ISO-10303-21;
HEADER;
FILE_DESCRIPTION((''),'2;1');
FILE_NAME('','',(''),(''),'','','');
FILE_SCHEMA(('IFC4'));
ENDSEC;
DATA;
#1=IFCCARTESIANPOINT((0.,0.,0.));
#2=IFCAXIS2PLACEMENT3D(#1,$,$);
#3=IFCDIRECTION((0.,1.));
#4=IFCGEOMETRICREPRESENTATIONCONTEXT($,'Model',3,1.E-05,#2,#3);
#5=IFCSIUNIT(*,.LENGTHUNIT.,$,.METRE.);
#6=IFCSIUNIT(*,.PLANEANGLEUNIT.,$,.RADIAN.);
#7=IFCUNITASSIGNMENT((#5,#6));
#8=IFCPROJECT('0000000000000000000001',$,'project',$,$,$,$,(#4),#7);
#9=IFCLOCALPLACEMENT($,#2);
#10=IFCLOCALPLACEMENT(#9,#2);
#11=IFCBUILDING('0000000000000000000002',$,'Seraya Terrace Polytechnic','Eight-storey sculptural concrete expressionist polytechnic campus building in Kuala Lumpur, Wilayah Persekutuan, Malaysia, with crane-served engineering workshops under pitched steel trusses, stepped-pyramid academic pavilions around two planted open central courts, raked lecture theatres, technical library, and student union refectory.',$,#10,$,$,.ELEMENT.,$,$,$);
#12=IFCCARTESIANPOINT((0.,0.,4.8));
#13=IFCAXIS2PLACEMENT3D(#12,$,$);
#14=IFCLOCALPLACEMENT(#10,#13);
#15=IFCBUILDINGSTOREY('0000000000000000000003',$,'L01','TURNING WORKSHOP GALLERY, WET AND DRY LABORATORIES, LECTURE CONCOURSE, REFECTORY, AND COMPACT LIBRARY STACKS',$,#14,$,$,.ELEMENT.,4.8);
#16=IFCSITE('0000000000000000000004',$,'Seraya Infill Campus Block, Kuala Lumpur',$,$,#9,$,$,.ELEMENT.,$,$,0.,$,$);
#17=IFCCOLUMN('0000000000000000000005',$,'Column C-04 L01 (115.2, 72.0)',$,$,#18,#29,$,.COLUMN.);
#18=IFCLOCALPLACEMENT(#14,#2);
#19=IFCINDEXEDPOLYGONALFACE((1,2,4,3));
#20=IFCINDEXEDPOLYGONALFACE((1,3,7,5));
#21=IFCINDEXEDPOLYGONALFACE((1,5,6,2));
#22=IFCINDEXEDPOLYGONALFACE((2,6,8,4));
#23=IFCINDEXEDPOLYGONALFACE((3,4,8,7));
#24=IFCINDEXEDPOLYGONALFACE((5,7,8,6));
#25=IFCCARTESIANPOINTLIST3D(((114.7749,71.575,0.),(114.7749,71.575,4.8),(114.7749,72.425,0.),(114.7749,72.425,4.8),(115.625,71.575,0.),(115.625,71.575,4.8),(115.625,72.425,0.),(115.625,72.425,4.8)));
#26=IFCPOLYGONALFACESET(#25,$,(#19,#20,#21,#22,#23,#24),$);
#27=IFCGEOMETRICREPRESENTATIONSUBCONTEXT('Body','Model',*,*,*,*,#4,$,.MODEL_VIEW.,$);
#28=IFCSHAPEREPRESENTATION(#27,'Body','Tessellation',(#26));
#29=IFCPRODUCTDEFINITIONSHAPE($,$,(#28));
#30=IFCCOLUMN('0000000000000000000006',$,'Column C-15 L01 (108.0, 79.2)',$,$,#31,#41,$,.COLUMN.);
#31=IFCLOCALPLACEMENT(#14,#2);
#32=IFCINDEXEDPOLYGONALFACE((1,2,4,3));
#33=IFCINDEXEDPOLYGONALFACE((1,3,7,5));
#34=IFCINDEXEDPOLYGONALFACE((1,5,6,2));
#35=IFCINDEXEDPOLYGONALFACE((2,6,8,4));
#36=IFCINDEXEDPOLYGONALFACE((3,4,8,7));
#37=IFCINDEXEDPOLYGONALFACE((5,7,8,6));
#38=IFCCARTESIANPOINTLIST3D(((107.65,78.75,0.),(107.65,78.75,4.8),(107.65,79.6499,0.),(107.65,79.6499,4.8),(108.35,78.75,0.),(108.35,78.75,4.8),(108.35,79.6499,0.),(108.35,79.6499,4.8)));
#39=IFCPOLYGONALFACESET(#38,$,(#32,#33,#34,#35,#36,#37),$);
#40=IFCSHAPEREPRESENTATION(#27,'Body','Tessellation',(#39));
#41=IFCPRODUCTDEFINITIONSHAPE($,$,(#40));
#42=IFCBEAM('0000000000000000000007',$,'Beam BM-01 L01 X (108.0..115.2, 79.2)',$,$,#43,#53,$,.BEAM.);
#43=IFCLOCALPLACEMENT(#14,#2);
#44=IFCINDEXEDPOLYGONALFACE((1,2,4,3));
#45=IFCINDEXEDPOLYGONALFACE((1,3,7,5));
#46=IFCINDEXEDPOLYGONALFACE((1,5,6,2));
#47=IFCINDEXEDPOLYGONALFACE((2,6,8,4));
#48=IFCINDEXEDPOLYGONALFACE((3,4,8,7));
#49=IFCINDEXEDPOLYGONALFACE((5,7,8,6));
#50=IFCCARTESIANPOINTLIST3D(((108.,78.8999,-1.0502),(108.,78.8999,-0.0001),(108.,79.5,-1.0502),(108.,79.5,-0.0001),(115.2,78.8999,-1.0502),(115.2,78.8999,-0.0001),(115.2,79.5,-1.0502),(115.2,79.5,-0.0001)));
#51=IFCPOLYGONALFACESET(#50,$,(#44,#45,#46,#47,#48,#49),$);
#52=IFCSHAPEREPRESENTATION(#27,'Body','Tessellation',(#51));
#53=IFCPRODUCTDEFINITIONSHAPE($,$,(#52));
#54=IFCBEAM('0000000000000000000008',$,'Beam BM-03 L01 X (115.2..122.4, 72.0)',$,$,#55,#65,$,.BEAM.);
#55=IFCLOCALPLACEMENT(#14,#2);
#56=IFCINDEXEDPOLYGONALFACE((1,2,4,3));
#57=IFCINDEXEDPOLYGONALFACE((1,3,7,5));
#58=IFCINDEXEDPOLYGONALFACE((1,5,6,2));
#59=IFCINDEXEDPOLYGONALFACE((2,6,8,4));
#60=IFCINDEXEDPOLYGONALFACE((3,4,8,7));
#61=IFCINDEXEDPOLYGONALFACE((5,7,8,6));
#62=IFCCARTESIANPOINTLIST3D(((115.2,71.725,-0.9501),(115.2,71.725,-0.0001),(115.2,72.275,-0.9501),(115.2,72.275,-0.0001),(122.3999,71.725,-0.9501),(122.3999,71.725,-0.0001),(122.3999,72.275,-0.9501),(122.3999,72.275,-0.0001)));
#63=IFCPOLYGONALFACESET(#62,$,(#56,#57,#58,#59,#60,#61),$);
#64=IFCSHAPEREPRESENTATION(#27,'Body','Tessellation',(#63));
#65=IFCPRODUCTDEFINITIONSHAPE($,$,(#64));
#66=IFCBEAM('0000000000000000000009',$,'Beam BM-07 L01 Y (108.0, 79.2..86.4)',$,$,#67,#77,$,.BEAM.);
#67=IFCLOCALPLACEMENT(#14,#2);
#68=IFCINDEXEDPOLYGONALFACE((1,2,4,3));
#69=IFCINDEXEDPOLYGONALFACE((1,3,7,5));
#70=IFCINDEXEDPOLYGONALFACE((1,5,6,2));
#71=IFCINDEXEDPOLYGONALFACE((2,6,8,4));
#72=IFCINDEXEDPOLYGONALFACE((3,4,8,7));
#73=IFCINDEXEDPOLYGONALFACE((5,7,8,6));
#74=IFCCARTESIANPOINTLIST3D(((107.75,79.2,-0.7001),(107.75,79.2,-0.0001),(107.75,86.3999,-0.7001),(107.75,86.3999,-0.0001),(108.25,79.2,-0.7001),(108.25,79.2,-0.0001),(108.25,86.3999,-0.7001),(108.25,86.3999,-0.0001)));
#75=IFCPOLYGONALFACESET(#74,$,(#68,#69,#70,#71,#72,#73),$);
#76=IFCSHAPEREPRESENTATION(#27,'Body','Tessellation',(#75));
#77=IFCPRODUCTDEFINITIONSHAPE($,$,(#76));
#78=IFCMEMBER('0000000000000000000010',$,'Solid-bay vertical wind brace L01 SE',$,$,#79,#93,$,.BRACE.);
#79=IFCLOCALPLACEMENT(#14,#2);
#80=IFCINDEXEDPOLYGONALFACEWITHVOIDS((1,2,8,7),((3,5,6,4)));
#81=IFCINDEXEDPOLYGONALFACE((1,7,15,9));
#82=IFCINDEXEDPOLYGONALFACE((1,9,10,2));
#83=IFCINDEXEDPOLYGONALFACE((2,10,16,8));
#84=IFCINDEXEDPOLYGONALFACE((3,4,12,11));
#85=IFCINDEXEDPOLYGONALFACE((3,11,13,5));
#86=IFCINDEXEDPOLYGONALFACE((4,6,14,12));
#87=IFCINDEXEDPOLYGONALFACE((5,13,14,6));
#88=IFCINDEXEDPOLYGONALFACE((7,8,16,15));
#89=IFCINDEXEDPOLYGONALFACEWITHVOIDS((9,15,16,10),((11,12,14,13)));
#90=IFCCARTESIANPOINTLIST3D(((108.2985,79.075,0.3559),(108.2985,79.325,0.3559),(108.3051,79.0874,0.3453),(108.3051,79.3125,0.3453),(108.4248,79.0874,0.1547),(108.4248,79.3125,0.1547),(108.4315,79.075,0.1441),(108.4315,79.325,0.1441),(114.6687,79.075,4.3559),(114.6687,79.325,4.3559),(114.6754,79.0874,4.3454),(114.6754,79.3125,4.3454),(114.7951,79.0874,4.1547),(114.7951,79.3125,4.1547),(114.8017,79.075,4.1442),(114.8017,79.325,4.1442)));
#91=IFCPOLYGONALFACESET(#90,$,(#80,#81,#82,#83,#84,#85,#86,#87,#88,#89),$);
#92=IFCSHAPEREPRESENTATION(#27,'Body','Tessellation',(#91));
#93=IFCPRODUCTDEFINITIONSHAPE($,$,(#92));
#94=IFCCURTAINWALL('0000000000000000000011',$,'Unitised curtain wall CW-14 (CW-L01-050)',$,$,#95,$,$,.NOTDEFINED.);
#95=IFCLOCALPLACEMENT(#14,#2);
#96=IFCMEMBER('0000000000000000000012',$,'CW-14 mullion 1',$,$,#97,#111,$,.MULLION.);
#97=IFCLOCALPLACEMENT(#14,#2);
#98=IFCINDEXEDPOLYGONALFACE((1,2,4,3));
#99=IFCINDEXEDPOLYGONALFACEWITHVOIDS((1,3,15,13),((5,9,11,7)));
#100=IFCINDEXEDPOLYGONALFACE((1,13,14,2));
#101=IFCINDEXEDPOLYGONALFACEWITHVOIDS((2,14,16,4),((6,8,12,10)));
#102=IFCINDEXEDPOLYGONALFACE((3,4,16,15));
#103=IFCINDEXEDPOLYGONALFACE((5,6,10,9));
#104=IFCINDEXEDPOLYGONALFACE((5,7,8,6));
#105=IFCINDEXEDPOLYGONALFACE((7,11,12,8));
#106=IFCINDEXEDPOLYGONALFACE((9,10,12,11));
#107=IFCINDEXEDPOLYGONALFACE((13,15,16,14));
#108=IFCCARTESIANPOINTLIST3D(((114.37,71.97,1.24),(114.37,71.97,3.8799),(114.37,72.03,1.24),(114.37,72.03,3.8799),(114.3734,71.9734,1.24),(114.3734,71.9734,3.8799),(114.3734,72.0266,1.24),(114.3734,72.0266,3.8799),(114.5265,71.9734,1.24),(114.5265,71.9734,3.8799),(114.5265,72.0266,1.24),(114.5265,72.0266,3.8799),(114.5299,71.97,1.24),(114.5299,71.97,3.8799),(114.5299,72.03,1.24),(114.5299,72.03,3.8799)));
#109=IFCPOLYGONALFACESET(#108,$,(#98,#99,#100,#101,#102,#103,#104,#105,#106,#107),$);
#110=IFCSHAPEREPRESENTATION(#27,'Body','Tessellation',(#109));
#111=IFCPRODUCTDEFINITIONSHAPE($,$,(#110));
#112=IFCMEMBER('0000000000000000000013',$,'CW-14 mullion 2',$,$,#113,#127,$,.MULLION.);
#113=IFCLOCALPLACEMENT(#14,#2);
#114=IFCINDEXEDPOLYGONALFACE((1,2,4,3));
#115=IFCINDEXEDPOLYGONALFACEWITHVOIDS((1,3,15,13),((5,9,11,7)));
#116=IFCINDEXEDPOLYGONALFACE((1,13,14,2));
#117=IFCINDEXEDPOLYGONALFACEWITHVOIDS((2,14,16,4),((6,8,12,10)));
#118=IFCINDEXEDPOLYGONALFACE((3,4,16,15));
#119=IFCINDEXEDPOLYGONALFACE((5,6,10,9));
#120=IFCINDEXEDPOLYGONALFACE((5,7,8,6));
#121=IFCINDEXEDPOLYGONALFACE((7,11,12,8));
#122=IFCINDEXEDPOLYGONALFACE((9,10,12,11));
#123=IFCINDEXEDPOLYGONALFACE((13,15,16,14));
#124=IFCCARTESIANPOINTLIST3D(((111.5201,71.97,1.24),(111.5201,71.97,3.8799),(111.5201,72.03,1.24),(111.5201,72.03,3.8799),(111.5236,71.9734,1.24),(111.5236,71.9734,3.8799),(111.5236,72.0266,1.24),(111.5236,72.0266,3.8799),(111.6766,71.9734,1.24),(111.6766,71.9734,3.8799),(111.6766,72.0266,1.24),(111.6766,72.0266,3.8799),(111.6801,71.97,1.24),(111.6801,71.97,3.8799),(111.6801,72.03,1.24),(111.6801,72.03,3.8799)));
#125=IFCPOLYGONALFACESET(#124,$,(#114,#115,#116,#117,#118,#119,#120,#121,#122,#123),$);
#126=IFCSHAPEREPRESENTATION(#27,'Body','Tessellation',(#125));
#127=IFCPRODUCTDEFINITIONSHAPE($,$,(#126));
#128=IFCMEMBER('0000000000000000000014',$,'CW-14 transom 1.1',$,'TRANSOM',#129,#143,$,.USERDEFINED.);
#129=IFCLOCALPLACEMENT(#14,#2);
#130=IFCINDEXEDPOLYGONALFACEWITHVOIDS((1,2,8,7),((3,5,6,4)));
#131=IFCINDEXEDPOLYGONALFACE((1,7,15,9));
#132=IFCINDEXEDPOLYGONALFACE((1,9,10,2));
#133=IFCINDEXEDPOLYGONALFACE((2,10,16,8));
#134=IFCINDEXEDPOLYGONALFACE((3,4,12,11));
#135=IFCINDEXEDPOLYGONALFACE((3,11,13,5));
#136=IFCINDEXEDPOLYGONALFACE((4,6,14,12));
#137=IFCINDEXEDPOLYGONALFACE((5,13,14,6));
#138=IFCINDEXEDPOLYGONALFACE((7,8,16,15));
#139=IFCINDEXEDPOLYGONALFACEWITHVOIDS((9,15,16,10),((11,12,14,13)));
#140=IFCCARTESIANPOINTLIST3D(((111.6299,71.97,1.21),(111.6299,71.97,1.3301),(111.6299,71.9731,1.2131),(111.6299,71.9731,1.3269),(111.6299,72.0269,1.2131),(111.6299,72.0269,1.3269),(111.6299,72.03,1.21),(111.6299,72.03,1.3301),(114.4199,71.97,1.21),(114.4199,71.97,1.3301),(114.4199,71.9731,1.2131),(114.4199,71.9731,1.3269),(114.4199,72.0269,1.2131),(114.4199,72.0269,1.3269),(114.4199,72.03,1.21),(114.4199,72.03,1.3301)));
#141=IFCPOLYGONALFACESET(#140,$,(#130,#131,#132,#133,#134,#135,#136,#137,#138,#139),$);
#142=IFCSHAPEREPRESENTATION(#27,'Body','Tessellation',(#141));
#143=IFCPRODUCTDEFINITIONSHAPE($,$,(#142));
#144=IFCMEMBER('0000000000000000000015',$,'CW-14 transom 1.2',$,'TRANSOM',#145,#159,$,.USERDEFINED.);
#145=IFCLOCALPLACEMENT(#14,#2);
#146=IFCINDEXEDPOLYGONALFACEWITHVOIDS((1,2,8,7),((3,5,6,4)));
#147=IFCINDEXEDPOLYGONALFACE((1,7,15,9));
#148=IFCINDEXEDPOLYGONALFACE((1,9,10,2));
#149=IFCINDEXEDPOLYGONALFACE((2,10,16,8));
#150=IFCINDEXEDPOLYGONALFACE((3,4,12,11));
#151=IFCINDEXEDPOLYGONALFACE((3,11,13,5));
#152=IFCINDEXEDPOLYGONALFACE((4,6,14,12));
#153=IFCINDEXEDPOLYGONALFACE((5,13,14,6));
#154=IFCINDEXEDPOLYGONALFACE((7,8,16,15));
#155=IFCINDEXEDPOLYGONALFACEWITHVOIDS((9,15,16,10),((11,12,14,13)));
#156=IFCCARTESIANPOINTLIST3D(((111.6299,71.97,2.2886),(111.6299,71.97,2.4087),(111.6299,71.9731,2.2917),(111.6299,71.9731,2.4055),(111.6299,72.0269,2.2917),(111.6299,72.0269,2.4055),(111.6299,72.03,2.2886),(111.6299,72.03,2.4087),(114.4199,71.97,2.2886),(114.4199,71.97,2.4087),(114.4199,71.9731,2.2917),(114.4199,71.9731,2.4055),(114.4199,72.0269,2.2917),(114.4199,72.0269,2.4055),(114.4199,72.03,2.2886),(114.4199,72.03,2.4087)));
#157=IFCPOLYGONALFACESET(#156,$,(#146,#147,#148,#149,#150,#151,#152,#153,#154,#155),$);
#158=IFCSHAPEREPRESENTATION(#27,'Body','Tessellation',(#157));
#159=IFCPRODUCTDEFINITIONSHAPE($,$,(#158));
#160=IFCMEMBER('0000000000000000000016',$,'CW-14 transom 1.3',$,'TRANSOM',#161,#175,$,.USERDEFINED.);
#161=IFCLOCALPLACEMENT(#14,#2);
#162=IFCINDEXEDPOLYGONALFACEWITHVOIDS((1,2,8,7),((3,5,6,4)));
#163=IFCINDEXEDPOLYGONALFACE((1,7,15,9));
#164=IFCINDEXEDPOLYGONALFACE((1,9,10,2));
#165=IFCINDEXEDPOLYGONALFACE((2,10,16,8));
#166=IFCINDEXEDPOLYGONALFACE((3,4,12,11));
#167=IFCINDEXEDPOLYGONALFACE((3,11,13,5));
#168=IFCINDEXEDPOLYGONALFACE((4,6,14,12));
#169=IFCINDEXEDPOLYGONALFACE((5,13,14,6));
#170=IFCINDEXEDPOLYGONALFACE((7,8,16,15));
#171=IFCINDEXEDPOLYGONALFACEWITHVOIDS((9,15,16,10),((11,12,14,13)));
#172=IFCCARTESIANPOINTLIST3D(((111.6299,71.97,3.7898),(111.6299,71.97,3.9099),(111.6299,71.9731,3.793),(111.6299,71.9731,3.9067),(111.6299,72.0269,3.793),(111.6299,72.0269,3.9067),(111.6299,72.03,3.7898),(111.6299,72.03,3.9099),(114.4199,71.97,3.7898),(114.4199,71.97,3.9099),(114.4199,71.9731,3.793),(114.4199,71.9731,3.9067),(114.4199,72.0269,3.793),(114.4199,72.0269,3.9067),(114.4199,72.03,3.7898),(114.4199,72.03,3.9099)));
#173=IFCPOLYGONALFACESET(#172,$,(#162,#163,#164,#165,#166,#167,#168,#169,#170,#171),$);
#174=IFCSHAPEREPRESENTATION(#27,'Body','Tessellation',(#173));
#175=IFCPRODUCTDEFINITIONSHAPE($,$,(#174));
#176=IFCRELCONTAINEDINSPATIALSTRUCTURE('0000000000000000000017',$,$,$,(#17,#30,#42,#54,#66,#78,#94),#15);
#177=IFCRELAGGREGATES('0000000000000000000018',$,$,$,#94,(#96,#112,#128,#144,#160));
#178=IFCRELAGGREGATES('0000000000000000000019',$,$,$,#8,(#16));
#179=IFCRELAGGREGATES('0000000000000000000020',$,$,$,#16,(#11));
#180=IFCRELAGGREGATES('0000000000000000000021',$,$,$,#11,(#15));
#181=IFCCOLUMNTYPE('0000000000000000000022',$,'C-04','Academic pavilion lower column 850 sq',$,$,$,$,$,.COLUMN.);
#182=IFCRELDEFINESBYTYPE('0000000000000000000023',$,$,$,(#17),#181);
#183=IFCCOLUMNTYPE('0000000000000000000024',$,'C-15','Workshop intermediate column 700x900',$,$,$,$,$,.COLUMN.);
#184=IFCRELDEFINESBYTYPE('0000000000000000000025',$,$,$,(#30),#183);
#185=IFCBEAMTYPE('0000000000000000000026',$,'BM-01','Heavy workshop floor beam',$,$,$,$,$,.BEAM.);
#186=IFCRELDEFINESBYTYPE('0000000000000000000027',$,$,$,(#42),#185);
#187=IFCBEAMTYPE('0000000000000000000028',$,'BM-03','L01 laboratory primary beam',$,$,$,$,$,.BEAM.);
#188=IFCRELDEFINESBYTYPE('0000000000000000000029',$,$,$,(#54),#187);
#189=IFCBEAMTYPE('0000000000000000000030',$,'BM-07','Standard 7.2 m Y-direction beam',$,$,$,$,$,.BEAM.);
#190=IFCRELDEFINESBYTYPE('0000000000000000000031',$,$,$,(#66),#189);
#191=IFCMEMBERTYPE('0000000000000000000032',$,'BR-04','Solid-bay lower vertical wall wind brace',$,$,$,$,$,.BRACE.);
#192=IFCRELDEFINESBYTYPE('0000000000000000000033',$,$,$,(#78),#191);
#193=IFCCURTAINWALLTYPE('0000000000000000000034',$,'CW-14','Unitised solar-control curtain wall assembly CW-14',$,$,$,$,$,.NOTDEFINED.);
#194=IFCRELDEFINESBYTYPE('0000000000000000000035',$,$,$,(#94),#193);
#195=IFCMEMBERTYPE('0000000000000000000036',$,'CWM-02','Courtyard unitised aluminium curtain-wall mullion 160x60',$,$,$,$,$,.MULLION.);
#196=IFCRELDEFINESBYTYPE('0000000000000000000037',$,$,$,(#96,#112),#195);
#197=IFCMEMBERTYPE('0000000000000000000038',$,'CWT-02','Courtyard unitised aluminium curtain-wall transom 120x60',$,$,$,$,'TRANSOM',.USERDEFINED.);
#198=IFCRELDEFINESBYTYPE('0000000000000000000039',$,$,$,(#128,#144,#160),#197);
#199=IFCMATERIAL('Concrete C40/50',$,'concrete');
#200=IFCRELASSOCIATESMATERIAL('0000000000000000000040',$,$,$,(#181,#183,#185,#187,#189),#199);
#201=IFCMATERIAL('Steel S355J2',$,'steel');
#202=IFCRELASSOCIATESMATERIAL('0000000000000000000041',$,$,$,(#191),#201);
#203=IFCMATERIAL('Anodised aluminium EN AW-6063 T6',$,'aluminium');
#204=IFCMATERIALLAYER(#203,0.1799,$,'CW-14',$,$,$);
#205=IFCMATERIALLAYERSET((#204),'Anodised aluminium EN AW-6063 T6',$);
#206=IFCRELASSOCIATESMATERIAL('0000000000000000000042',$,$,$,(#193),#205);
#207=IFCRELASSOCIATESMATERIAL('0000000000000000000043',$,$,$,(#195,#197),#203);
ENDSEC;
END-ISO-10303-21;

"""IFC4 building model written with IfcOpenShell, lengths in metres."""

from ifc_helpers import new_model, si_unit, direction, frame, origin, origin_2d, place, context, subcontext, project, spatial, rectangle, hollow_rectangle, extrude, material, layer, layer_set, material_profile, profile_set, type_object, element, aggregate, save


model = new_model("IFC4")

# Units and contexts
model_context = context("Model", 3, precision=1e-05, world=origin(), true_north=direction((0.0, 1.0)))
body_context = subcontext(model_context, "Body", "Model", "MODEL_VIEW")
ifc_project = project(units=[si_unit("LENGTHUNIT", "METRE"), si_unit("PLANEANGLEUNIT", "RADIAN")], contexts=[model_context])

# Site, building, storey
site_placement = place(None, origin())
site = spatial("IfcSite", under=ifc_project, at=site_placement, Name="Seraya Infill Campus Block, Kuala Lumpur", CompositionType="ELEMENT", RefElevation=0.0)
building_placement = place(site_placement, origin())
building = spatial("IfcBuilding", under=site, at=building_placement, Name="Seraya Terrace Polytechnic", Description="Eight-storey sculptural concrete expressionist polytechnic campus building in Kuala Lumpur, Wilayah Persekutuan, Malaysia, with crane-served engineering workshops under pitched steel trusses, stepped-pyramid academic pavilions around two planted open central courts, raked lecture theatres, technical library, and student union refectory.", CompositionType="ELEMENT")
storey_placement = place(building_placement, frame((0.0, 0.0, 4.8)))
storey = spatial("IfcBuildingStorey", under=building, at=storey_placement, Name="L01", Description="TURNING WORKSHOP GALLERY, WET AND DRY LABORATORIES, LECTURE CONCOURSE, REFECTORY, AND COMPACT LIBRARY STACKS", CompositionType="ELEMENT", Elevation=4.8)

# Columns
ifc_material_1 = material(Name="Concrete C40/50", Category="concrete")
ifc_material_profile_1 = material_profile(ifc_material_1, rectangle(XDim=0.8501, YDim=0.8501, at=origin_2d()), Name="RC 850x850")
ifc_profile_set_1 = profile_set([ifc_material_profile_1], Name="Concrete C40/50")
column_type_1 = type_object("IfcColumnType", Name="C-04", Description="Academic pavilion lower column 850 sq", PredefinedType="COLUMN", material=ifc_profile_set_1)
column_1_placement = place(storey_placement, frame((115.2, 72.0, 0.0), z_axis=(0.0, 0.0, 1.0), x_axis=(1.0, 0.0, 0.0)))
element("IfcColumn", 1, at=column_1_placement, inside=storey, type_object=column_type_1, Name="Column C-04 L01 (115.2, 72.0)", PredefinedType="COLUMN", context=body_context, shape_type="SweptSolid", body=[
    extrude(rectangle(XDim=0.8501, YDim=0.8501, at=origin_2d()), origin(), (0.0, 0.0, 1.0), 4.8),
])
ifc_material_profile_2 = material_profile(ifc_material_1, rectangle(XDim=0.7, YDim=0.8999, at=origin_2d()), Name="RC 700x900")
ifc_profile_set_2 = profile_set([ifc_material_profile_2], Name="Concrete C40/50")
column_type_2 = type_object("IfcColumnType", Name="C-15", Description="Workshop intermediate column 700x900", PredefinedType="COLUMN", material=ifc_profile_set_2)
column_2_placement = place(storey_placement, frame((108.0, 79.2, 0.0), z_axis=(0.0, 0.0, 1.0), x_axis=(1.0, 0.0, 0.0)))
element("IfcColumn", 2, at=column_2_placement, inside=storey, type_object=column_type_2, Name="Column C-15 L01 (108.0, 79.2)", PredefinedType="COLUMN", context=body_context, shape_type="SweptSolid", body=[
    extrude(rectangle(XDim=0.7, YDim=0.8999, at=origin_2d()), origin(), (0.0, 0.0, 1.0), 4.8),
])

# Beams
ifc_material_profile_3 = material_profile(ifc_material_1, rectangle(XDim=0.6001, YDim=1.05, at=origin_2d()), Name="RC 600x1050")
ifc_profile_set_3 = profile_set([ifc_material_profile_3], Name="Concrete C40/50")
beam_type_1 = type_object("IfcBeamType", Name="BM-01", Description="Heavy workshop floor beam", PredefinedType="BEAM", material=ifc_profile_set_3)
beam_1_placement = place(storey_placement, frame((108.0, 79.2, -0.5251), z_axis=(1.0, 0.0, 0.0), x_axis=(0.0, 1.0, 0.0)))
element("IfcBeam", 3, at=beam_1_placement, inside=storey, type_object=beam_type_1, Name="Beam BM-01 L01 X (108.0..115.2, 79.2)", PredefinedType="BEAM", context=body_context, shape_type="SweptSolid", body=[
    extrude(rectangle(XDim=0.6001, YDim=1.05, at=origin_2d()), origin(), (0.0, 0.0, 1.0), 7.2),
])
ifc_material_profile_4 = material_profile(ifc_material_1, rectangle(XDim=0.55, YDim=0.95, at=origin_2d()), Name="RC 550x950")
ifc_profile_set_4 = profile_set([ifc_material_profile_4], Name="Concrete C40/50")
beam_type_2 = type_object("IfcBeamType", Name="BM-03", Description="L01 laboratory primary beam", PredefinedType="BEAM", material=ifc_profile_set_4)
beam_2_placement = place(storey_placement, frame((115.2, 72.0, -0.4751), z_axis=(1.0, 0.0, 0.0), x_axis=(0.0, 1.0, 0.0)))
element("IfcBeam", 4, at=beam_2_placement, inside=storey, type_object=beam_type_2, Name="Beam BM-03 L01 X (115.2..122.4, 72.0)", PredefinedType="BEAM", context=body_context, shape_type="SweptSolid", body=[
    extrude(rectangle(XDim=0.55, YDim=0.95, at=origin_2d()), origin(), (0.0, 0.0, 1.0), 7.2),
])
ifc_material_profile_5 = material_profile(ifc_material_1, rectangle(XDim=0.5, YDim=0.7, at=origin_2d()), Name="RC 500x700")
ifc_profile_set_5 = profile_set([ifc_material_profile_5], Name="Concrete C40/50")
beam_type_3 = type_object("IfcBeamType", Name="BM-07", Description="Standard 7.2 m Y-direction beam", PredefinedType="BEAM", material=ifc_profile_set_5)
beam_3_placement = place(storey_placement, frame((108.0, 79.2, -0.3501), z_axis=(0.0, 1.0, 0.0), x_axis=(-1.0, 0.0, 0.0)))
element("IfcBeam", 5, at=beam_3_placement, inside=storey, type_object=beam_type_3, Name="Beam BM-07 L01 Y (108.0, 79.2..86.4)", PredefinedType="BEAM", context=body_context, shape_type="SweptSolid", body=[
    extrude(rectangle(XDim=0.5, YDim=0.7, at=origin_2d()), origin(), (0.0, 0.0, 1.0), 7.2),
])

# Member
ifc_material_2 = material(Name="Steel S355J2", Category="steel")
ifc_material_profile_6 = material_profile(ifc_material_2, hollow_rectangle(XDim=0.25, YDim=0.25, WallThickness=0.0125, at=origin_2d()), Name="SHS 250x250x12.5")
ifc_profile_set_6 = profile_set([ifc_material_profile_6], Name="Steel S355J2")
member_type_1 = type_object("IfcMemberType", Name="BR-04", Description="Solid-bay lower vertical wall wind brace", PredefinedType="BRACE", material=ifc_profile_set_6)
member_1_placement = place(storey_placement, frame((108.365, 79.2, 0.25), z_axis=(0.84688, 0.0, 0.531783), x_axis=(0.0, 1.0, 0.0)))
element("IfcMember", 6, at=member_1_placement, inside=storey, type_object=member_type_1, Name="Solid-bay vertical wind brace L01 SE", PredefinedType="BRACE", context=body_context, shape_type="SweptSolid", body=[
    extrude(hollow_rectangle(XDim=0.25, YDim=0.25, WallThickness=0.0125, at=origin_2d()), origin(), (0.0, 0.0, 1.0), 7.522),
])

# Curtain wall, members
ifc_material_3 = material(Name="Anodised aluminium EN AW-6063 T6", Category="aluminium")
ifc_layer_1 = layer(ifc_material_3, 0.1799, Name="CW-14")
ifc_layer_set_1 = layer_set([ifc_layer_1], Name="Anodised aluminium EN AW-6063 T6")
curtain_wall_type = type_object("IfcCurtainWallType", Name="CW-14", Description="Unitised solar-control curtain wall assembly CW-14", PredefinedType="NOTDEFINED", material=ifc_layer_set_1)
curtain_wall_placement = place(storey_placement, origin())
curtain_wall = element("IfcCurtainWall", 7, at=curtain_wall_placement, inside=storey, type_object=curtain_wall_type, Name="Unitised curtain wall CW-14 (CW-L01-050)", PredefinedType="NOTDEFINED")
ifc_material_profile_7 = material_profile(ifc_material_3, hollow_rectangle(XDim=0.0601, YDim=0.1599, WallThickness=0.0034, at=origin_2d()), Name="RHS 160x60x3.5")
ifc_profile_set_7 = profile_set([ifc_material_profile_7], Name="Anodised aluminium EN AW-6063 T6")
member_type_2 = type_object("IfcMemberType", Name="CWM-02", Description="Courtyard unitised aluminium curtain-wall mullion 160x60", PredefinedType="MULLION", material=ifc_profile_set_7)
member_2_placement = place(storey_placement, frame((114.45, 72.0, 1.24), z_axis=(0.0, 0.0, 1.0), x_axis=(0.0, -1.0, 0.0)))
member_2 = element("IfcMember", 8, at=member_2_placement, type_object=member_type_2, Name="CW-14 mullion 1", PredefinedType="MULLION", context=body_context, shape_type="SweptSolid", body=[
    extrude(hollow_rectangle(XDim=0.0601, YDim=0.1599, WallThickness=0.0034, at=origin_2d()), origin(), (0.0, 0.0, 1.0), 2.6399),
])
member_3_placement = place(storey_placement, frame((111.6001, 72.0, 1.24), z_axis=(0.0, 0.0, 1.0), x_axis=(0.0, -1.0, 0.0)))
member_3 = element("IfcMember", 9, at=member_3_placement, type_object=member_type_2, Name="CW-14 mullion 2", PredefinedType="MULLION", context=body_context, shape_type="SweptSolid", body=[
    extrude(hollow_rectangle(XDim=0.0601, YDim=0.1599, WallThickness=0.0034, at=origin_2d()), origin(), (0.0, 0.0, 1.0), 2.6399),
])
ifc_material_profile_8 = material_profile(ifc_material_3, hollow_rectangle(XDim=0.0601, YDim=0.1201, WallThickness=0.0032, at=origin_2d()), Name="RHS 120x60x3.2")
ifc_profile_set_8 = profile_set([ifc_material_profile_8], Name="Anodised aluminium EN AW-6063 T6")
member_type_3 = type_object("IfcMemberType", Name="CWT-02", Description="Courtyard unitised aluminium curtain-wall transom 120x60", ElementType="TRANSOM", PredefinedType="USERDEFINED", material=ifc_profile_set_8)
member_4_placement = place(storey_placement, frame((114.4199, 72.0, 1.27), z_axis=(-1.0, 0.0, 0.0), x_axis=(0.0, -1.0, 0.0)))
member_4 = element("IfcMember", 10, at=member_4_placement, type_object=member_type_3, Name="CW-14 transom 1.1", ObjectType="TRANSOM", PredefinedType="USERDEFINED", context=body_context, shape_type="SweptSolid", body=[
    extrude(hollow_rectangle(XDim=0.0601, YDim=0.1201, WallThickness=0.0032, at=origin_2d()), origin(), (0.0, 0.0, 1.0), 2.79),
])
member_5_placement = place(storey_placement, frame((114.4199, 72.0, 2.3486), z_axis=(-1.0, 0.0, 0.0), x_axis=(0.0, -1.0, 0.0)))
member_5 = element("IfcMember", 11, at=member_5_placement, type_object=member_type_3, Name="CW-14 transom 1.2", ObjectType="TRANSOM", PredefinedType="USERDEFINED", context=body_context, shape_type="SweptSolid", body=[
    extrude(hollow_rectangle(XDim=0.0601, YDim=0.1201, WallThickness=0.0032, at=origin_2d()), origin(), (0.0, 0.0, 1.0), 2.79),
])
member_6_placement = place(storey_placement, frame((114.4199, 72.0, 3.8499), z_axis=(-1.0, 0.0, 0.0), x_axis=(0.0, -1.0, 0.0)))
member_6 = element("IfcMember", 12, at=member_6_placement, type_object=member_type_3, Name="CW-14 transom 1.3", ObjectType="TRANSOM", PredefinedType="USERDEFINED", context=body_context, shape_type="SweptSolid", body=[
    extrude(hollow_rectangle(XDim=0.0601, YDim=0.1201, WallThickness=0.0032, at=origin_2d()), origin(), (0.0, 0.0, 1.0), 2.79),
])

aggregate(curtain_wall, [member_2, member_3, member_4, member_5, member_6])

save(model, "model.ifc")
